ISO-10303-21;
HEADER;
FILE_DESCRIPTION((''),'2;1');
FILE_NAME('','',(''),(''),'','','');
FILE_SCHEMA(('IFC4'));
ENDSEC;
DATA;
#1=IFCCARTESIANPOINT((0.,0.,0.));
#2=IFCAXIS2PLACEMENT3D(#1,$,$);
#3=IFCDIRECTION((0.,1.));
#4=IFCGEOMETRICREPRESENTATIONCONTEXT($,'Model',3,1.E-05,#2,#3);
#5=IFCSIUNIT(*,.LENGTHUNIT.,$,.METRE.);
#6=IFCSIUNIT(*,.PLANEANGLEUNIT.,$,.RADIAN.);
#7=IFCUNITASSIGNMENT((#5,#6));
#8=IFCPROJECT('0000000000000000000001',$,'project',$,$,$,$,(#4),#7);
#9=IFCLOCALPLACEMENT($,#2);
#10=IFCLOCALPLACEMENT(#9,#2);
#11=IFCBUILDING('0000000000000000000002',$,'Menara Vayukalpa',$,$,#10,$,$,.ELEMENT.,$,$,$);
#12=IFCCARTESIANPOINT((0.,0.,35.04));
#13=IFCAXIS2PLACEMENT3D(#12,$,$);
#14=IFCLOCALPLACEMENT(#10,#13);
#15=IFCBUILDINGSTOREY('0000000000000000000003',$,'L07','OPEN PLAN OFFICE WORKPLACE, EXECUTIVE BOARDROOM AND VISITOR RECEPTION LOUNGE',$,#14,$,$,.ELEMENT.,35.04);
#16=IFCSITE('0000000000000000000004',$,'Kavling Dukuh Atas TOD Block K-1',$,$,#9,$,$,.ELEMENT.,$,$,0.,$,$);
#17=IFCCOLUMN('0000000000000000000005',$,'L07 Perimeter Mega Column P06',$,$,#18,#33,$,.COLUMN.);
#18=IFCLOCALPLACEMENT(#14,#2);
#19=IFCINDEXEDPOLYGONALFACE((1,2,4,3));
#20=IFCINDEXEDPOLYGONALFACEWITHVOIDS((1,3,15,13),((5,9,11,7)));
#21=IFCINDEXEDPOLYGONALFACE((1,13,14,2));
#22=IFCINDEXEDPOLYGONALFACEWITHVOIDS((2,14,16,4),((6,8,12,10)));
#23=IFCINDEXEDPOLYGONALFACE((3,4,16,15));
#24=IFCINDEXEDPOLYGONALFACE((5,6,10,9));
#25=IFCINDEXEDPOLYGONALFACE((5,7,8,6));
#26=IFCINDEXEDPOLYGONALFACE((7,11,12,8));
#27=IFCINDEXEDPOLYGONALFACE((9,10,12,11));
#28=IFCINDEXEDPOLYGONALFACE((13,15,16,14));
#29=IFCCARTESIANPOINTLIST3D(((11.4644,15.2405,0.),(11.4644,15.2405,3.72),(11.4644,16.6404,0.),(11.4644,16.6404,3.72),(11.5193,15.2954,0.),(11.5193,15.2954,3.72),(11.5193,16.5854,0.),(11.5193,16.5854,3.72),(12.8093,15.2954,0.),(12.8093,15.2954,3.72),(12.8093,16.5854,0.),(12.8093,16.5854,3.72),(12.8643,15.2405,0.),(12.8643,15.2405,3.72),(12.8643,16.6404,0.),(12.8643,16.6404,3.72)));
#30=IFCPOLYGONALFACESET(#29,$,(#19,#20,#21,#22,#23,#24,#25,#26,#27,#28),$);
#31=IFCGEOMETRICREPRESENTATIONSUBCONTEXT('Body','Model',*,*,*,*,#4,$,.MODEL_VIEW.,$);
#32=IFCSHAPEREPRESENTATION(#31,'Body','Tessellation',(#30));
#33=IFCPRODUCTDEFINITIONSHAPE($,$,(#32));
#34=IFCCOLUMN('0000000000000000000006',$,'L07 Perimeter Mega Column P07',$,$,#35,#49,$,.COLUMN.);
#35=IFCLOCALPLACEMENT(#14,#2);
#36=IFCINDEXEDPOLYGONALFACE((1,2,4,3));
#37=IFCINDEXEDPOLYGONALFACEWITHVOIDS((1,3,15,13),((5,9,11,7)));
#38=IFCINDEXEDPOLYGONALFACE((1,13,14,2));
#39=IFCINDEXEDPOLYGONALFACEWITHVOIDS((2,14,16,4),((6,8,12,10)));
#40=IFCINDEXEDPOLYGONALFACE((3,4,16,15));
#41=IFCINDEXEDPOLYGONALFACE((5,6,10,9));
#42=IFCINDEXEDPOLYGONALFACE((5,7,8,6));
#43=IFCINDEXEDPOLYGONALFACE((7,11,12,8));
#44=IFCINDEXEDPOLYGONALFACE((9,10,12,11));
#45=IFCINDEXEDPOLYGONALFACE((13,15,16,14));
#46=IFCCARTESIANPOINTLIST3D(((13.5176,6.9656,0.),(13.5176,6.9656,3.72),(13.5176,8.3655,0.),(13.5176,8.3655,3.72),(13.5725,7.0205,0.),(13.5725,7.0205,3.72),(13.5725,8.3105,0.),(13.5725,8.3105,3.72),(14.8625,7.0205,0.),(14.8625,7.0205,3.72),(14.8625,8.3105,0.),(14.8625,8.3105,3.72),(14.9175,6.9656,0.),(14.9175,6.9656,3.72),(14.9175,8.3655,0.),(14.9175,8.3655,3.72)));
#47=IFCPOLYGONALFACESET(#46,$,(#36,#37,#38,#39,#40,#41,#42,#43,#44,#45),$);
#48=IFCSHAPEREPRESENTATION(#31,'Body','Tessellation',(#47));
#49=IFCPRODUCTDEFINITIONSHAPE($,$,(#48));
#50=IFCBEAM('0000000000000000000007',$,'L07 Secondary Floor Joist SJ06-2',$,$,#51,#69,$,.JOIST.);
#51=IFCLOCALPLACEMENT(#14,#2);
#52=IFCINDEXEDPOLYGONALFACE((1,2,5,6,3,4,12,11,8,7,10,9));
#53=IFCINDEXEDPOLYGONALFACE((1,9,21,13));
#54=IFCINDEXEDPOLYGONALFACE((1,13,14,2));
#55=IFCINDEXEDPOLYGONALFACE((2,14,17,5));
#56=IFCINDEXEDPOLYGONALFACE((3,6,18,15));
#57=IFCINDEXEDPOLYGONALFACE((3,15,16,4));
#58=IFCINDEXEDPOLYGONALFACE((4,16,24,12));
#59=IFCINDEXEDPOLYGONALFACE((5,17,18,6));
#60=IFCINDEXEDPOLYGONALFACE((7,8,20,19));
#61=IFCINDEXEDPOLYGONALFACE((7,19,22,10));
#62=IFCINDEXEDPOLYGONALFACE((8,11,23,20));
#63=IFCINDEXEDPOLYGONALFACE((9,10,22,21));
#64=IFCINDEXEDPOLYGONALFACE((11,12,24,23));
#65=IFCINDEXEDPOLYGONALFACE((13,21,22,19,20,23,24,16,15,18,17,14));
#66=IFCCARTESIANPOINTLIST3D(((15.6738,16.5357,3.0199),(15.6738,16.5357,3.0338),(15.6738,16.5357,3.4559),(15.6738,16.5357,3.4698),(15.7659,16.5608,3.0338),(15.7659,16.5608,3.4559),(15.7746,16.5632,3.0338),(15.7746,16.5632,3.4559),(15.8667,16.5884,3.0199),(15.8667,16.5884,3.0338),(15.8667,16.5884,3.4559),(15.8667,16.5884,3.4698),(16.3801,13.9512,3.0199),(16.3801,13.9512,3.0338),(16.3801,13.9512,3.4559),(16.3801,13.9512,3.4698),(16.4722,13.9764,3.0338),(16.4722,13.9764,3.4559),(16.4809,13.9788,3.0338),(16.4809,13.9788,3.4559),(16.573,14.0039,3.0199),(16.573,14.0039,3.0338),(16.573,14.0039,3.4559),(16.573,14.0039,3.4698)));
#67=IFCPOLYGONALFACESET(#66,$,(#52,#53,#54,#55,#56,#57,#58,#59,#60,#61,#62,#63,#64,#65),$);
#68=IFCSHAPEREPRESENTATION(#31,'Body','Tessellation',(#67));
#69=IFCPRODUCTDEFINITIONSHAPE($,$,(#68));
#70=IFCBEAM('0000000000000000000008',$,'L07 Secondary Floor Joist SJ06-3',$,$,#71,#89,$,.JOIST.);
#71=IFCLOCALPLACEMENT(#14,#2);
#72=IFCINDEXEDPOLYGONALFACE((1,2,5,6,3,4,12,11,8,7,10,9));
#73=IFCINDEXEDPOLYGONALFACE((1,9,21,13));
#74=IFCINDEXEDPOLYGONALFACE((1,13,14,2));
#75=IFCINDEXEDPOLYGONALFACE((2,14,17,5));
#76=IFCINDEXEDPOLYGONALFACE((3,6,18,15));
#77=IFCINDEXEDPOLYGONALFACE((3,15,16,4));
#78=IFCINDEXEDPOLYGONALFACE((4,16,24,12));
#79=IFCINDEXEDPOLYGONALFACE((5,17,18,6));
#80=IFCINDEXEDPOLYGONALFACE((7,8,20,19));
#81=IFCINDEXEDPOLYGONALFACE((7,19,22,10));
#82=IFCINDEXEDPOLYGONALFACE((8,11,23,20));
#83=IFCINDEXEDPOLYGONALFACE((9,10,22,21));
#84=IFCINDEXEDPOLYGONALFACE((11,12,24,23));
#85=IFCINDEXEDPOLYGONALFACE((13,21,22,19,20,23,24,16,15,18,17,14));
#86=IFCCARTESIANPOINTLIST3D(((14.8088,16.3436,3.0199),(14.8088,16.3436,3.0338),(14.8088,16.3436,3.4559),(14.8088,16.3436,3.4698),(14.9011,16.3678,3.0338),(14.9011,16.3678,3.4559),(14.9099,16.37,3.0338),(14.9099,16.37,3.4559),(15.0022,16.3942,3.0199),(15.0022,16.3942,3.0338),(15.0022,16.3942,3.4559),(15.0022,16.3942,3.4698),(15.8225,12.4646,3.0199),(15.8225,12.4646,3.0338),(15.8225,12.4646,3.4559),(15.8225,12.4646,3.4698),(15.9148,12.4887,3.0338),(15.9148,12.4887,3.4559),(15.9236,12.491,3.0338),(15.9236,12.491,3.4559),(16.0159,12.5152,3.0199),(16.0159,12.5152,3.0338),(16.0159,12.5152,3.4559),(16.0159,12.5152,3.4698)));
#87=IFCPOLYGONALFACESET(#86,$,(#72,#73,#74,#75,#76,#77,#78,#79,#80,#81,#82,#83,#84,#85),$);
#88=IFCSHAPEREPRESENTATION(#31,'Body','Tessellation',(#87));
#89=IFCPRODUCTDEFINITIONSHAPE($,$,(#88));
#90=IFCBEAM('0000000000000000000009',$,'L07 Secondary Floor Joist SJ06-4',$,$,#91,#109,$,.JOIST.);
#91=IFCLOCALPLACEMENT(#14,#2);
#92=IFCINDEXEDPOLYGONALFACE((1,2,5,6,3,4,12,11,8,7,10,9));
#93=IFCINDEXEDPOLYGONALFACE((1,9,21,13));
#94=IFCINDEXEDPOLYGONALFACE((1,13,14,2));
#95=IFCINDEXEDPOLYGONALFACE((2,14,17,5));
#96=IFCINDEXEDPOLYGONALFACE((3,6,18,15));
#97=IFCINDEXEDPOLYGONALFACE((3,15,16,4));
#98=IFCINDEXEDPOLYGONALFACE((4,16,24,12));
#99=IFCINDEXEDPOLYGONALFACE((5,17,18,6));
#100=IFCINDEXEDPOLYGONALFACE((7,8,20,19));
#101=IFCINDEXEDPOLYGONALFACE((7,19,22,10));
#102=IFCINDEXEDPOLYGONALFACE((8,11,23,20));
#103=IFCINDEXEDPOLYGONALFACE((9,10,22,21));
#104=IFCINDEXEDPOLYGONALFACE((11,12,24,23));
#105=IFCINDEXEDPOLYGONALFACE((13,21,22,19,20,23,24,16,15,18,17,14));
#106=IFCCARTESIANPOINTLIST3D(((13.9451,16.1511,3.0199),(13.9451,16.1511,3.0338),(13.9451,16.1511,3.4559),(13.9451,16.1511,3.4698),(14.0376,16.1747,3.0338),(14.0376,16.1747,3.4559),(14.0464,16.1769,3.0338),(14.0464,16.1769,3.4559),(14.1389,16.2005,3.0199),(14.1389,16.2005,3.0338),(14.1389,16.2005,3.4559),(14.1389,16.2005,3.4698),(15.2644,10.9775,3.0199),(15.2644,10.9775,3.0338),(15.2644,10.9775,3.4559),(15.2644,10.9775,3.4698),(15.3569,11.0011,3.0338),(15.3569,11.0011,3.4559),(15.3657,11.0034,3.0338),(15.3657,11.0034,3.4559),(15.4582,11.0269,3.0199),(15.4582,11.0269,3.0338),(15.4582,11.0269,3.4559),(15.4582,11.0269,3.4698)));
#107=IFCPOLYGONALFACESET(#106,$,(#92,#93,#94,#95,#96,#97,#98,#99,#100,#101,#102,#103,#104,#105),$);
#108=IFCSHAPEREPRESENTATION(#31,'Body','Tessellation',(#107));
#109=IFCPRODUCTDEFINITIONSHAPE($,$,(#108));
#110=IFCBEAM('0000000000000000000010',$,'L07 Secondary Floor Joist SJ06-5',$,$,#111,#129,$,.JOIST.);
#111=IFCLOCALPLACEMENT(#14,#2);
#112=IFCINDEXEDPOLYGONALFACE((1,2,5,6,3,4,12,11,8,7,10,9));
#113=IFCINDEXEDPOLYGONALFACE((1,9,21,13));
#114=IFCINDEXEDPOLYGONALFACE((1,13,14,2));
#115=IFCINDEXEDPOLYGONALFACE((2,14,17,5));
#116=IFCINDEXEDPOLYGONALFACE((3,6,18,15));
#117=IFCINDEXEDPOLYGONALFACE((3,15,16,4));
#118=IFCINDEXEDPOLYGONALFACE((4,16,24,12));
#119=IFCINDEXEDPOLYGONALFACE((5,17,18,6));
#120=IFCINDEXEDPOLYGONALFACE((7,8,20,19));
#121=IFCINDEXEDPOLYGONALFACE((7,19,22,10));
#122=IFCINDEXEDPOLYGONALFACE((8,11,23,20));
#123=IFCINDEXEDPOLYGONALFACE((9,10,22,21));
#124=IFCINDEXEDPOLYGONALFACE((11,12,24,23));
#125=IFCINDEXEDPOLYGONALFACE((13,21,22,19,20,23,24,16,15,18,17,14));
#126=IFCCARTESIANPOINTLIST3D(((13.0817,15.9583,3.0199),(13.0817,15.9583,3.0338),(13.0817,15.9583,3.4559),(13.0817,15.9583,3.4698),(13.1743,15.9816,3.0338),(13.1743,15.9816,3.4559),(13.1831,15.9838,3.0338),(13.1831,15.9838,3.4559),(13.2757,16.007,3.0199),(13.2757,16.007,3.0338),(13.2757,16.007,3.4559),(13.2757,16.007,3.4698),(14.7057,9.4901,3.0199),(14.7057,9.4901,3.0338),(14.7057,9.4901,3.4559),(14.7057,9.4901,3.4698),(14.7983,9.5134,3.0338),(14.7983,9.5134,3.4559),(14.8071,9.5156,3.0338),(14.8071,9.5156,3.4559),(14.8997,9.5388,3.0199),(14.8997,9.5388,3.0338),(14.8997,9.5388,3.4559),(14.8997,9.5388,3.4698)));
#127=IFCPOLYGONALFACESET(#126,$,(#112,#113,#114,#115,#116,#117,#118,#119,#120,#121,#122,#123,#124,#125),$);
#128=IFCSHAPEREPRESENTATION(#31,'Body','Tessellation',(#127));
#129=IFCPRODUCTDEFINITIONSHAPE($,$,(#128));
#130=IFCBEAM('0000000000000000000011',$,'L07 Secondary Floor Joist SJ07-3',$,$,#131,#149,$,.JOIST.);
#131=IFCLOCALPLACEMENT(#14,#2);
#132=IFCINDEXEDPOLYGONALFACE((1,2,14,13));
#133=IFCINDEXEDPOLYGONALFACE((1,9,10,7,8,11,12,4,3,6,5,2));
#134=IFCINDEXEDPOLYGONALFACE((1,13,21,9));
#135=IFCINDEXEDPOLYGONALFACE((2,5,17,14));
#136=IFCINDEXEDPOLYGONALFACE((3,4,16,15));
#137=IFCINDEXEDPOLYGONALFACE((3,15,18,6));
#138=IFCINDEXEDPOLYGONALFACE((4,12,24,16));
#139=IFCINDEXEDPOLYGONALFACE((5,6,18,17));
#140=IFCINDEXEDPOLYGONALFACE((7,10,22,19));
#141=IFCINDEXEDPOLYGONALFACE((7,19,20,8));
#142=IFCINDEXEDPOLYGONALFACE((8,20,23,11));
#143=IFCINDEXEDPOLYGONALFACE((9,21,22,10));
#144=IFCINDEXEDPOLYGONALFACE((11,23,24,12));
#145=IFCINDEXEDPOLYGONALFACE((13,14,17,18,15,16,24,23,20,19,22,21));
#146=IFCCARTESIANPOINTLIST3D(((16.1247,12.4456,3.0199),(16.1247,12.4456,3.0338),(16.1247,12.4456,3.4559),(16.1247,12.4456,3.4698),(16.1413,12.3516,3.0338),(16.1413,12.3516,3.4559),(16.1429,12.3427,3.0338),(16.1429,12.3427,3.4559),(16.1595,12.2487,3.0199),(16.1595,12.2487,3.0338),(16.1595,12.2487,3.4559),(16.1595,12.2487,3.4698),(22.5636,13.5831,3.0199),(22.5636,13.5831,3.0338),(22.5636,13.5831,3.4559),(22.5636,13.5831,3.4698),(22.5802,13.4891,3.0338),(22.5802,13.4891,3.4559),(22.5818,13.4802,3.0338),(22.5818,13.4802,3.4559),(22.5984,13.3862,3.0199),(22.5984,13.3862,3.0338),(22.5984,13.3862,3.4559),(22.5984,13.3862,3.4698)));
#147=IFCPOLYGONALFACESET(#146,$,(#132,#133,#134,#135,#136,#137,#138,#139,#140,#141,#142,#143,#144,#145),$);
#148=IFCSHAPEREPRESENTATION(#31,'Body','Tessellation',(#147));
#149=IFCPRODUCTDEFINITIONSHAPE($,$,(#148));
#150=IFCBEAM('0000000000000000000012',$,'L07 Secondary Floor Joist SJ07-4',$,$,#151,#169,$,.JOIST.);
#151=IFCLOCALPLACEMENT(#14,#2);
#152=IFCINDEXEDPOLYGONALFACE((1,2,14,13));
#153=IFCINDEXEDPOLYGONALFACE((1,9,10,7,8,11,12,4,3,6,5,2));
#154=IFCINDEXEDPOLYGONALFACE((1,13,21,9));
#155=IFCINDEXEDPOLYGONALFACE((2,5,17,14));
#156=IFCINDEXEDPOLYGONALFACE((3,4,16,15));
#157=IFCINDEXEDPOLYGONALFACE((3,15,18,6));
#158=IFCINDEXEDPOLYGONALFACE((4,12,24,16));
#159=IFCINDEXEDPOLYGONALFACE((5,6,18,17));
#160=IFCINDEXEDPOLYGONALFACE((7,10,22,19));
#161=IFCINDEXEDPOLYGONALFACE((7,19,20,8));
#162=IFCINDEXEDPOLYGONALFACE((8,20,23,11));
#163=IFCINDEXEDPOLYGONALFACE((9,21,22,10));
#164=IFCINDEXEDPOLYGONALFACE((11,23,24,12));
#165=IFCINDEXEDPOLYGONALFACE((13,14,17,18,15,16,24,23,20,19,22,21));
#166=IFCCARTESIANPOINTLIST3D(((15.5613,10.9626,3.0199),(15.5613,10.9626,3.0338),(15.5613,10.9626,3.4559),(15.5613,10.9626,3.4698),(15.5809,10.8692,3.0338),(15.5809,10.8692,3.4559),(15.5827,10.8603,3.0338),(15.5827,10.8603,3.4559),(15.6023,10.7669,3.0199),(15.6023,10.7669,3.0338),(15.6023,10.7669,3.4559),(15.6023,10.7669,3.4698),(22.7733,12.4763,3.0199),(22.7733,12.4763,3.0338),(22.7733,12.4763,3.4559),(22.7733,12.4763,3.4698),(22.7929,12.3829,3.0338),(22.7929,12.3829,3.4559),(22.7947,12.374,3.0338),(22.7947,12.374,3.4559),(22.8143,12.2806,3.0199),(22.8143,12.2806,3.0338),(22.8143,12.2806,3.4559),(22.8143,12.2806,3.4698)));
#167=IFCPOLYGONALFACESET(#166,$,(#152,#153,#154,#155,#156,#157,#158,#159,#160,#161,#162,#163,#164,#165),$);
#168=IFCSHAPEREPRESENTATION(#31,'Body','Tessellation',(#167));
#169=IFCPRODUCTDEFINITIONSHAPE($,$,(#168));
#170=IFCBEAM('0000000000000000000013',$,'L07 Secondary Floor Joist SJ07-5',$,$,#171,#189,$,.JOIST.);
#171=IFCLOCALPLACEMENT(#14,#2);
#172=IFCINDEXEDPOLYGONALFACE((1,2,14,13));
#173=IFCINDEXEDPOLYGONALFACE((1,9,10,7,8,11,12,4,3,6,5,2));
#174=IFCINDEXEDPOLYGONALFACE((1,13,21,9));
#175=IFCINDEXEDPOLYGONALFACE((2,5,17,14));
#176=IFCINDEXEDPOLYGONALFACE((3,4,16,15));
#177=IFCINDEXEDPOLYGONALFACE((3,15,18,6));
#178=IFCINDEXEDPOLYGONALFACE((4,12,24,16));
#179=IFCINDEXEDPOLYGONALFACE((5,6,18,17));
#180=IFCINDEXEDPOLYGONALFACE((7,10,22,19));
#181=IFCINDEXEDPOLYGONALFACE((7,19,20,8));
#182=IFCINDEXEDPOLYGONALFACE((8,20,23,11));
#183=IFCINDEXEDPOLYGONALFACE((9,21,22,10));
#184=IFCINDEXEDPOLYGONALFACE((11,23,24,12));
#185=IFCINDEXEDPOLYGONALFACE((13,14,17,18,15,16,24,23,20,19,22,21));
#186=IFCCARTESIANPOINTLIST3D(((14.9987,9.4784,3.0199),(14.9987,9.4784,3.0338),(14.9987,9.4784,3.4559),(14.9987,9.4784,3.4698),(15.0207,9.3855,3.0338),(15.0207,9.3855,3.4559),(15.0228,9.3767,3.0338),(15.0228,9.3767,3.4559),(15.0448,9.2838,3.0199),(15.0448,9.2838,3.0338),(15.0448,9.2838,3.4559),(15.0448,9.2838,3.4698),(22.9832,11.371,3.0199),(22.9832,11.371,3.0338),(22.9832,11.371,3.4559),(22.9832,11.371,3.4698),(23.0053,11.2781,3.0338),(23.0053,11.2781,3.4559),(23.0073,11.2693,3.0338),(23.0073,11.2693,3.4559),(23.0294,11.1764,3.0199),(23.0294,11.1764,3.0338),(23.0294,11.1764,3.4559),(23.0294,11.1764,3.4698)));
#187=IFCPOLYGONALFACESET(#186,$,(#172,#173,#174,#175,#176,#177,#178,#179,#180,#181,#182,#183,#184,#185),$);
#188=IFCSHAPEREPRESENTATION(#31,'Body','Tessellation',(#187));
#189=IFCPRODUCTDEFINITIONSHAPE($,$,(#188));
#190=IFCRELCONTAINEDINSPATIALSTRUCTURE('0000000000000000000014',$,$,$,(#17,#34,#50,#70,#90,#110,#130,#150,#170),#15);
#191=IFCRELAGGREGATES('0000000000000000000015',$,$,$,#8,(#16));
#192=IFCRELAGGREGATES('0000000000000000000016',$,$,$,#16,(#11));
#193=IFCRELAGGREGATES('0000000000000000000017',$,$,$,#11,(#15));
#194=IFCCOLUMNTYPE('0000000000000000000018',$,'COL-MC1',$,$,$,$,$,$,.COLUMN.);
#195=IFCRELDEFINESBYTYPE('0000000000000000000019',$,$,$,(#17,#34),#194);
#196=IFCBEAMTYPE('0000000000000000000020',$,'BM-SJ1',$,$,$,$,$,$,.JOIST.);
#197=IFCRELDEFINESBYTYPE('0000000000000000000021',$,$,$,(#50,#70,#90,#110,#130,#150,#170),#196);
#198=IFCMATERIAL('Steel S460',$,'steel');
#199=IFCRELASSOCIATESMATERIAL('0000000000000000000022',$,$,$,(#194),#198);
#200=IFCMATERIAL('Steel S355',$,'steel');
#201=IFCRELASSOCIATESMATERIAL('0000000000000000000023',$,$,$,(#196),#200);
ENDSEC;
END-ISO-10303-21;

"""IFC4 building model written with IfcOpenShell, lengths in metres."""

from ifc_helpers import new_model, si_unit, direction, frame, origin, origin_2d, place, context, subcontext, project, spatial, hollow_rectangle, i_section, extrude, material, material_profile, profile_set, type_object, element, save


model = new_model("IFC4")

# Units and contexts
model_context = context("Model", 3, precision=1e-05, world=origin(), true_north=direction((0.0, 1.0)))
body_context = subcontext(model_context, "Body", "Model", "MODEL_VIEW")
ifc_project = project(units=[si_unit("LENGTHUNIT", "METRE"), si_unit("PLANEANGLEUNIT", "RADIAN")], contexts=[model_context])

# Site, building, storey
site_placement = place(None, origin())
site = spatial("IfcSite", under=ifc_project, at=site_placement, Name="Kavling Dukuh Atas TOD Block K-1", CompositionType="ELEMENT", RefElevation=0.0)
building_placement = place(site_placement, origin())
building = spatial("IfcBuilding", under=site, at=building_placement, Name="Menara Vayukalpa", CompositionType="ELEMENT")
storey_placement = place(building_placement, frame((0.0, 0.0, 35.04)))
storey = spatial("IfcBuildingStorey", under=building, at=storey_placement, Name="L07", Description="OPEN PLAN OFFICE WORKPLACE, EXECUTIVE BOARDROOM AND VISITOR RECEPTION LOUNGE", CompositionType="ELEMENT", Elevation=35.04)

# Columns
ifc_material_1 = material(Name="Steel S460", Category="steel")
ifc_material_profile_1 = material_profile(ifc_material_1, hollow_rectangle(XDim=1.3999, YDim=1.3999, WallThickness=0.0549, at=origin_2d()), Name="BOX 1400x1400x55")
ifc_profile_set_1 = profile_set([ifc_material_profile_1], Name="Steel S460")
column_type = type_object("IfcColumnType", Name="COL-MC1", PredefinedType="COLUMN", material=ifc_profile_set_1)
for number, where, z_axis, x_axis, name in (
    (1, (12.1643, 15.9404, 0.0), (0.0, 0.0, 1.0), (1.0, 0.0, 0.0), "L07 Perimeter Mega Column P06"),
    (2, (14.2175, 7.6655, 0.0), (0.0, 0.0, 1.0), (1.0, 0.0, 0.0), "L07 Perimeter Mega Column P07"),
):
    element("IfcColumn", number, at=place(storey_placement, frame(where, z_axis=z_axis, x_axis=x_axis)), inside=storey, type_object=column_type, Name=name, PredefinedType="COLUMN", context=body_context, shape_type="SweptSolid", body=[
        extrude(hollow_rectangle(XDim=1.3999, YDim=1.3999, WallThickness=0.0549, at=origin_2d()), origin(), (0.0, 0.0, 1.0), 3.72),
    ])

# Beams
ifc_material_2 = material(Name="Steel S355", Category="steel")
ifc_material_profile_2 = material_profile(ifc_material_2, i_section(OverallWidth=0.2, OverallDepth=0.45, WebThickness=0.009, FlangeThickness=0.0139, at=origin_2d()), Name="WF 450x200x9x14")
ifc_profile_set_2 = profile_set([ifc_material_profile_2], Name="Steel S355")
beam_type_1 = type_object("IfcBeamType", Name="BM-SJ1", PredefinedType="JOIST", material=ifc_profile_set_2)
beam_1_placement = place(storey_placement, frame((15.7703, 16.562, 3.2449), z_axis=(0.263619, -0.964627, 0.0), x_axis=(0.964627, 0.263619, 0.0)))
element("IfcBeam", 3, at=beam_1_placement, inside=storey, type_object=beam_type_1, Name="L07 Secondary Floor Joist SJ06-2", PredefinedType="JOIST", context=body_context, shape_type="SweptSolid", body=[
    extrude(i_section(OverallWidth=0.2, OverallDepth=0.45, WebThickness=0.009, FlangeThickness=0.0139, at=origin_2d()), origin(), (0.0, 0.0, 1.0), 2.6792),
])
beam_2_placement = place(storey_placement, frame((14.9055, 16.3689, 3.2449), z_axis=(0.252838, -0.967509, 0.0), x_axis=(0.967509, 0.252838, 0.0)))
element("IfcBeam", 4, at=beam_2_placement, inside=storey, type_object=beam_type_1, Name="L07 Secondary Floor Joist SJ06-3", PredefinedType="JOIST", context=body_context, shape_type="SweptSolid", body=[
    extrude(i_section(OverallWidth=0.2, OverallDepth=0.45, WebThickness=0.009, FlangeThickness=0.0139, at=origin_2d()), origin(), (0.0, 0.0, 1.0), 4.0093),
])
beam_3_placement = place(storey_placement, frame((14.042, 16.1758, 3.2449), z_axis=(0.247106, -0.968989, 0.0), x_axis=(0.968989, 0.247106, 0.0)))
element("IfcBeam", 5, at=beam_3_placement, inside=storey, type_object=beam_type_1, Name="L07 Secondary Floor Joist SJ06-4", PredefinedType="JOIST", context=body_context, shape_type="SweptSolid", body=[
    extrude(i_section(OverallWidth=0.2, OverallDepth=0.45, WebThickness=0.009, FlangeThickness=0.0139, at=origin_2d()), origin(), (0.0, 0.0, 1.0), 5.3391),
])
beam_4_placement = place(storey_placement, frame((13.1787, 15.9827, 3.2449), z_axis=(0.243517, -0.969897, 0.0), x_axis=(0.969897, 0.243517, 0.0)))
element("IfcBeam", 6, at=beam_4_placement, inside=storey, type_object=beam_type_1, Name="L07 Secondary Floor Joist SJ06-5", PredefinedType="JOIST", context=body_context, shape_type="SweptSolid", body=[
    extrude(i_section(OverallWidth=0.2, OverallDepth=0.45, WebThickness=0.009, FlangeThickness=0.0139, at=origin_2d()), origin(), (0.0, 0.0, 1.0), 6.6689),
])
beam_5_placement = place(storey_placement, frame((16.1421, 12.3472, 3.2449), z_axis=(0.984753, 0.173958, 0.0), x_axis=(-0.173958, 0.984753, 0.0)))
element("IfcBeam", 7, at=beam_5_placement, inside=storey, type_object=beam_type_1, Name="L07 Secondary Floor Joist SJ07-3", PredefinedType="JOIST", context=body_context, shape_type="SweptSolid", body=[
    extrude(i_section(OverallWidth=0.2, OverallDepth=0.45, WebThickness=0.009, FlangeThickness=0.0139, at=origin_2d()), origin(), (0.0, 0.0, 1.0), 6.5386),
])
beam_6_placement = place(storey_placement, frame((15.5818, 10.8647, 3.2449), z_axis=(0.978676, 0.205409, 0.0), x_axis=(-0.205409, 0.978676, 0.0)))
element("IfcBeam", 8, at=beam_6_placement, inside=storey, type_object=beam_type_1, Name="L07 Secondary Floor Joist SJ07-4", PredefinedType="JOIST", context=body_context, shape_type="SweptSolid", body=[
    extrude(i_section(OverallWidth=0.2, OverallDepth=0.45, WebThickness=0.009, FlangeThickness=0.0139, at=origin_2d()), origin(), (0.0, 0.0, 1.0), 7.3691),
])
beam_7_placement = place(storey_placement, frame((15.0217, 9.3811, 3.2449), z_axis=(0.97304, 0.230638, 0.0), x_axis=(-0.230638, 0.97304, 0.0)))
element("IfcBeam", 9, at=beam_7_placement, inside=storey, type_object=beam_type_1, Name="L07 Secondary Floor Joist SJ07-5", PredefinedType="JOIST", context=body_context, shape_type="SweptSolid", body=[
    extrude(i_section(OverallWidth=0.2, OverallDepth=0.45, WebThickness=0.009, FlangeThickness=0.0139, at=origin_2d()), origin(), (0.0, 0.0, 1.0), 8.2058),
])

save(model, "model.ifc")
